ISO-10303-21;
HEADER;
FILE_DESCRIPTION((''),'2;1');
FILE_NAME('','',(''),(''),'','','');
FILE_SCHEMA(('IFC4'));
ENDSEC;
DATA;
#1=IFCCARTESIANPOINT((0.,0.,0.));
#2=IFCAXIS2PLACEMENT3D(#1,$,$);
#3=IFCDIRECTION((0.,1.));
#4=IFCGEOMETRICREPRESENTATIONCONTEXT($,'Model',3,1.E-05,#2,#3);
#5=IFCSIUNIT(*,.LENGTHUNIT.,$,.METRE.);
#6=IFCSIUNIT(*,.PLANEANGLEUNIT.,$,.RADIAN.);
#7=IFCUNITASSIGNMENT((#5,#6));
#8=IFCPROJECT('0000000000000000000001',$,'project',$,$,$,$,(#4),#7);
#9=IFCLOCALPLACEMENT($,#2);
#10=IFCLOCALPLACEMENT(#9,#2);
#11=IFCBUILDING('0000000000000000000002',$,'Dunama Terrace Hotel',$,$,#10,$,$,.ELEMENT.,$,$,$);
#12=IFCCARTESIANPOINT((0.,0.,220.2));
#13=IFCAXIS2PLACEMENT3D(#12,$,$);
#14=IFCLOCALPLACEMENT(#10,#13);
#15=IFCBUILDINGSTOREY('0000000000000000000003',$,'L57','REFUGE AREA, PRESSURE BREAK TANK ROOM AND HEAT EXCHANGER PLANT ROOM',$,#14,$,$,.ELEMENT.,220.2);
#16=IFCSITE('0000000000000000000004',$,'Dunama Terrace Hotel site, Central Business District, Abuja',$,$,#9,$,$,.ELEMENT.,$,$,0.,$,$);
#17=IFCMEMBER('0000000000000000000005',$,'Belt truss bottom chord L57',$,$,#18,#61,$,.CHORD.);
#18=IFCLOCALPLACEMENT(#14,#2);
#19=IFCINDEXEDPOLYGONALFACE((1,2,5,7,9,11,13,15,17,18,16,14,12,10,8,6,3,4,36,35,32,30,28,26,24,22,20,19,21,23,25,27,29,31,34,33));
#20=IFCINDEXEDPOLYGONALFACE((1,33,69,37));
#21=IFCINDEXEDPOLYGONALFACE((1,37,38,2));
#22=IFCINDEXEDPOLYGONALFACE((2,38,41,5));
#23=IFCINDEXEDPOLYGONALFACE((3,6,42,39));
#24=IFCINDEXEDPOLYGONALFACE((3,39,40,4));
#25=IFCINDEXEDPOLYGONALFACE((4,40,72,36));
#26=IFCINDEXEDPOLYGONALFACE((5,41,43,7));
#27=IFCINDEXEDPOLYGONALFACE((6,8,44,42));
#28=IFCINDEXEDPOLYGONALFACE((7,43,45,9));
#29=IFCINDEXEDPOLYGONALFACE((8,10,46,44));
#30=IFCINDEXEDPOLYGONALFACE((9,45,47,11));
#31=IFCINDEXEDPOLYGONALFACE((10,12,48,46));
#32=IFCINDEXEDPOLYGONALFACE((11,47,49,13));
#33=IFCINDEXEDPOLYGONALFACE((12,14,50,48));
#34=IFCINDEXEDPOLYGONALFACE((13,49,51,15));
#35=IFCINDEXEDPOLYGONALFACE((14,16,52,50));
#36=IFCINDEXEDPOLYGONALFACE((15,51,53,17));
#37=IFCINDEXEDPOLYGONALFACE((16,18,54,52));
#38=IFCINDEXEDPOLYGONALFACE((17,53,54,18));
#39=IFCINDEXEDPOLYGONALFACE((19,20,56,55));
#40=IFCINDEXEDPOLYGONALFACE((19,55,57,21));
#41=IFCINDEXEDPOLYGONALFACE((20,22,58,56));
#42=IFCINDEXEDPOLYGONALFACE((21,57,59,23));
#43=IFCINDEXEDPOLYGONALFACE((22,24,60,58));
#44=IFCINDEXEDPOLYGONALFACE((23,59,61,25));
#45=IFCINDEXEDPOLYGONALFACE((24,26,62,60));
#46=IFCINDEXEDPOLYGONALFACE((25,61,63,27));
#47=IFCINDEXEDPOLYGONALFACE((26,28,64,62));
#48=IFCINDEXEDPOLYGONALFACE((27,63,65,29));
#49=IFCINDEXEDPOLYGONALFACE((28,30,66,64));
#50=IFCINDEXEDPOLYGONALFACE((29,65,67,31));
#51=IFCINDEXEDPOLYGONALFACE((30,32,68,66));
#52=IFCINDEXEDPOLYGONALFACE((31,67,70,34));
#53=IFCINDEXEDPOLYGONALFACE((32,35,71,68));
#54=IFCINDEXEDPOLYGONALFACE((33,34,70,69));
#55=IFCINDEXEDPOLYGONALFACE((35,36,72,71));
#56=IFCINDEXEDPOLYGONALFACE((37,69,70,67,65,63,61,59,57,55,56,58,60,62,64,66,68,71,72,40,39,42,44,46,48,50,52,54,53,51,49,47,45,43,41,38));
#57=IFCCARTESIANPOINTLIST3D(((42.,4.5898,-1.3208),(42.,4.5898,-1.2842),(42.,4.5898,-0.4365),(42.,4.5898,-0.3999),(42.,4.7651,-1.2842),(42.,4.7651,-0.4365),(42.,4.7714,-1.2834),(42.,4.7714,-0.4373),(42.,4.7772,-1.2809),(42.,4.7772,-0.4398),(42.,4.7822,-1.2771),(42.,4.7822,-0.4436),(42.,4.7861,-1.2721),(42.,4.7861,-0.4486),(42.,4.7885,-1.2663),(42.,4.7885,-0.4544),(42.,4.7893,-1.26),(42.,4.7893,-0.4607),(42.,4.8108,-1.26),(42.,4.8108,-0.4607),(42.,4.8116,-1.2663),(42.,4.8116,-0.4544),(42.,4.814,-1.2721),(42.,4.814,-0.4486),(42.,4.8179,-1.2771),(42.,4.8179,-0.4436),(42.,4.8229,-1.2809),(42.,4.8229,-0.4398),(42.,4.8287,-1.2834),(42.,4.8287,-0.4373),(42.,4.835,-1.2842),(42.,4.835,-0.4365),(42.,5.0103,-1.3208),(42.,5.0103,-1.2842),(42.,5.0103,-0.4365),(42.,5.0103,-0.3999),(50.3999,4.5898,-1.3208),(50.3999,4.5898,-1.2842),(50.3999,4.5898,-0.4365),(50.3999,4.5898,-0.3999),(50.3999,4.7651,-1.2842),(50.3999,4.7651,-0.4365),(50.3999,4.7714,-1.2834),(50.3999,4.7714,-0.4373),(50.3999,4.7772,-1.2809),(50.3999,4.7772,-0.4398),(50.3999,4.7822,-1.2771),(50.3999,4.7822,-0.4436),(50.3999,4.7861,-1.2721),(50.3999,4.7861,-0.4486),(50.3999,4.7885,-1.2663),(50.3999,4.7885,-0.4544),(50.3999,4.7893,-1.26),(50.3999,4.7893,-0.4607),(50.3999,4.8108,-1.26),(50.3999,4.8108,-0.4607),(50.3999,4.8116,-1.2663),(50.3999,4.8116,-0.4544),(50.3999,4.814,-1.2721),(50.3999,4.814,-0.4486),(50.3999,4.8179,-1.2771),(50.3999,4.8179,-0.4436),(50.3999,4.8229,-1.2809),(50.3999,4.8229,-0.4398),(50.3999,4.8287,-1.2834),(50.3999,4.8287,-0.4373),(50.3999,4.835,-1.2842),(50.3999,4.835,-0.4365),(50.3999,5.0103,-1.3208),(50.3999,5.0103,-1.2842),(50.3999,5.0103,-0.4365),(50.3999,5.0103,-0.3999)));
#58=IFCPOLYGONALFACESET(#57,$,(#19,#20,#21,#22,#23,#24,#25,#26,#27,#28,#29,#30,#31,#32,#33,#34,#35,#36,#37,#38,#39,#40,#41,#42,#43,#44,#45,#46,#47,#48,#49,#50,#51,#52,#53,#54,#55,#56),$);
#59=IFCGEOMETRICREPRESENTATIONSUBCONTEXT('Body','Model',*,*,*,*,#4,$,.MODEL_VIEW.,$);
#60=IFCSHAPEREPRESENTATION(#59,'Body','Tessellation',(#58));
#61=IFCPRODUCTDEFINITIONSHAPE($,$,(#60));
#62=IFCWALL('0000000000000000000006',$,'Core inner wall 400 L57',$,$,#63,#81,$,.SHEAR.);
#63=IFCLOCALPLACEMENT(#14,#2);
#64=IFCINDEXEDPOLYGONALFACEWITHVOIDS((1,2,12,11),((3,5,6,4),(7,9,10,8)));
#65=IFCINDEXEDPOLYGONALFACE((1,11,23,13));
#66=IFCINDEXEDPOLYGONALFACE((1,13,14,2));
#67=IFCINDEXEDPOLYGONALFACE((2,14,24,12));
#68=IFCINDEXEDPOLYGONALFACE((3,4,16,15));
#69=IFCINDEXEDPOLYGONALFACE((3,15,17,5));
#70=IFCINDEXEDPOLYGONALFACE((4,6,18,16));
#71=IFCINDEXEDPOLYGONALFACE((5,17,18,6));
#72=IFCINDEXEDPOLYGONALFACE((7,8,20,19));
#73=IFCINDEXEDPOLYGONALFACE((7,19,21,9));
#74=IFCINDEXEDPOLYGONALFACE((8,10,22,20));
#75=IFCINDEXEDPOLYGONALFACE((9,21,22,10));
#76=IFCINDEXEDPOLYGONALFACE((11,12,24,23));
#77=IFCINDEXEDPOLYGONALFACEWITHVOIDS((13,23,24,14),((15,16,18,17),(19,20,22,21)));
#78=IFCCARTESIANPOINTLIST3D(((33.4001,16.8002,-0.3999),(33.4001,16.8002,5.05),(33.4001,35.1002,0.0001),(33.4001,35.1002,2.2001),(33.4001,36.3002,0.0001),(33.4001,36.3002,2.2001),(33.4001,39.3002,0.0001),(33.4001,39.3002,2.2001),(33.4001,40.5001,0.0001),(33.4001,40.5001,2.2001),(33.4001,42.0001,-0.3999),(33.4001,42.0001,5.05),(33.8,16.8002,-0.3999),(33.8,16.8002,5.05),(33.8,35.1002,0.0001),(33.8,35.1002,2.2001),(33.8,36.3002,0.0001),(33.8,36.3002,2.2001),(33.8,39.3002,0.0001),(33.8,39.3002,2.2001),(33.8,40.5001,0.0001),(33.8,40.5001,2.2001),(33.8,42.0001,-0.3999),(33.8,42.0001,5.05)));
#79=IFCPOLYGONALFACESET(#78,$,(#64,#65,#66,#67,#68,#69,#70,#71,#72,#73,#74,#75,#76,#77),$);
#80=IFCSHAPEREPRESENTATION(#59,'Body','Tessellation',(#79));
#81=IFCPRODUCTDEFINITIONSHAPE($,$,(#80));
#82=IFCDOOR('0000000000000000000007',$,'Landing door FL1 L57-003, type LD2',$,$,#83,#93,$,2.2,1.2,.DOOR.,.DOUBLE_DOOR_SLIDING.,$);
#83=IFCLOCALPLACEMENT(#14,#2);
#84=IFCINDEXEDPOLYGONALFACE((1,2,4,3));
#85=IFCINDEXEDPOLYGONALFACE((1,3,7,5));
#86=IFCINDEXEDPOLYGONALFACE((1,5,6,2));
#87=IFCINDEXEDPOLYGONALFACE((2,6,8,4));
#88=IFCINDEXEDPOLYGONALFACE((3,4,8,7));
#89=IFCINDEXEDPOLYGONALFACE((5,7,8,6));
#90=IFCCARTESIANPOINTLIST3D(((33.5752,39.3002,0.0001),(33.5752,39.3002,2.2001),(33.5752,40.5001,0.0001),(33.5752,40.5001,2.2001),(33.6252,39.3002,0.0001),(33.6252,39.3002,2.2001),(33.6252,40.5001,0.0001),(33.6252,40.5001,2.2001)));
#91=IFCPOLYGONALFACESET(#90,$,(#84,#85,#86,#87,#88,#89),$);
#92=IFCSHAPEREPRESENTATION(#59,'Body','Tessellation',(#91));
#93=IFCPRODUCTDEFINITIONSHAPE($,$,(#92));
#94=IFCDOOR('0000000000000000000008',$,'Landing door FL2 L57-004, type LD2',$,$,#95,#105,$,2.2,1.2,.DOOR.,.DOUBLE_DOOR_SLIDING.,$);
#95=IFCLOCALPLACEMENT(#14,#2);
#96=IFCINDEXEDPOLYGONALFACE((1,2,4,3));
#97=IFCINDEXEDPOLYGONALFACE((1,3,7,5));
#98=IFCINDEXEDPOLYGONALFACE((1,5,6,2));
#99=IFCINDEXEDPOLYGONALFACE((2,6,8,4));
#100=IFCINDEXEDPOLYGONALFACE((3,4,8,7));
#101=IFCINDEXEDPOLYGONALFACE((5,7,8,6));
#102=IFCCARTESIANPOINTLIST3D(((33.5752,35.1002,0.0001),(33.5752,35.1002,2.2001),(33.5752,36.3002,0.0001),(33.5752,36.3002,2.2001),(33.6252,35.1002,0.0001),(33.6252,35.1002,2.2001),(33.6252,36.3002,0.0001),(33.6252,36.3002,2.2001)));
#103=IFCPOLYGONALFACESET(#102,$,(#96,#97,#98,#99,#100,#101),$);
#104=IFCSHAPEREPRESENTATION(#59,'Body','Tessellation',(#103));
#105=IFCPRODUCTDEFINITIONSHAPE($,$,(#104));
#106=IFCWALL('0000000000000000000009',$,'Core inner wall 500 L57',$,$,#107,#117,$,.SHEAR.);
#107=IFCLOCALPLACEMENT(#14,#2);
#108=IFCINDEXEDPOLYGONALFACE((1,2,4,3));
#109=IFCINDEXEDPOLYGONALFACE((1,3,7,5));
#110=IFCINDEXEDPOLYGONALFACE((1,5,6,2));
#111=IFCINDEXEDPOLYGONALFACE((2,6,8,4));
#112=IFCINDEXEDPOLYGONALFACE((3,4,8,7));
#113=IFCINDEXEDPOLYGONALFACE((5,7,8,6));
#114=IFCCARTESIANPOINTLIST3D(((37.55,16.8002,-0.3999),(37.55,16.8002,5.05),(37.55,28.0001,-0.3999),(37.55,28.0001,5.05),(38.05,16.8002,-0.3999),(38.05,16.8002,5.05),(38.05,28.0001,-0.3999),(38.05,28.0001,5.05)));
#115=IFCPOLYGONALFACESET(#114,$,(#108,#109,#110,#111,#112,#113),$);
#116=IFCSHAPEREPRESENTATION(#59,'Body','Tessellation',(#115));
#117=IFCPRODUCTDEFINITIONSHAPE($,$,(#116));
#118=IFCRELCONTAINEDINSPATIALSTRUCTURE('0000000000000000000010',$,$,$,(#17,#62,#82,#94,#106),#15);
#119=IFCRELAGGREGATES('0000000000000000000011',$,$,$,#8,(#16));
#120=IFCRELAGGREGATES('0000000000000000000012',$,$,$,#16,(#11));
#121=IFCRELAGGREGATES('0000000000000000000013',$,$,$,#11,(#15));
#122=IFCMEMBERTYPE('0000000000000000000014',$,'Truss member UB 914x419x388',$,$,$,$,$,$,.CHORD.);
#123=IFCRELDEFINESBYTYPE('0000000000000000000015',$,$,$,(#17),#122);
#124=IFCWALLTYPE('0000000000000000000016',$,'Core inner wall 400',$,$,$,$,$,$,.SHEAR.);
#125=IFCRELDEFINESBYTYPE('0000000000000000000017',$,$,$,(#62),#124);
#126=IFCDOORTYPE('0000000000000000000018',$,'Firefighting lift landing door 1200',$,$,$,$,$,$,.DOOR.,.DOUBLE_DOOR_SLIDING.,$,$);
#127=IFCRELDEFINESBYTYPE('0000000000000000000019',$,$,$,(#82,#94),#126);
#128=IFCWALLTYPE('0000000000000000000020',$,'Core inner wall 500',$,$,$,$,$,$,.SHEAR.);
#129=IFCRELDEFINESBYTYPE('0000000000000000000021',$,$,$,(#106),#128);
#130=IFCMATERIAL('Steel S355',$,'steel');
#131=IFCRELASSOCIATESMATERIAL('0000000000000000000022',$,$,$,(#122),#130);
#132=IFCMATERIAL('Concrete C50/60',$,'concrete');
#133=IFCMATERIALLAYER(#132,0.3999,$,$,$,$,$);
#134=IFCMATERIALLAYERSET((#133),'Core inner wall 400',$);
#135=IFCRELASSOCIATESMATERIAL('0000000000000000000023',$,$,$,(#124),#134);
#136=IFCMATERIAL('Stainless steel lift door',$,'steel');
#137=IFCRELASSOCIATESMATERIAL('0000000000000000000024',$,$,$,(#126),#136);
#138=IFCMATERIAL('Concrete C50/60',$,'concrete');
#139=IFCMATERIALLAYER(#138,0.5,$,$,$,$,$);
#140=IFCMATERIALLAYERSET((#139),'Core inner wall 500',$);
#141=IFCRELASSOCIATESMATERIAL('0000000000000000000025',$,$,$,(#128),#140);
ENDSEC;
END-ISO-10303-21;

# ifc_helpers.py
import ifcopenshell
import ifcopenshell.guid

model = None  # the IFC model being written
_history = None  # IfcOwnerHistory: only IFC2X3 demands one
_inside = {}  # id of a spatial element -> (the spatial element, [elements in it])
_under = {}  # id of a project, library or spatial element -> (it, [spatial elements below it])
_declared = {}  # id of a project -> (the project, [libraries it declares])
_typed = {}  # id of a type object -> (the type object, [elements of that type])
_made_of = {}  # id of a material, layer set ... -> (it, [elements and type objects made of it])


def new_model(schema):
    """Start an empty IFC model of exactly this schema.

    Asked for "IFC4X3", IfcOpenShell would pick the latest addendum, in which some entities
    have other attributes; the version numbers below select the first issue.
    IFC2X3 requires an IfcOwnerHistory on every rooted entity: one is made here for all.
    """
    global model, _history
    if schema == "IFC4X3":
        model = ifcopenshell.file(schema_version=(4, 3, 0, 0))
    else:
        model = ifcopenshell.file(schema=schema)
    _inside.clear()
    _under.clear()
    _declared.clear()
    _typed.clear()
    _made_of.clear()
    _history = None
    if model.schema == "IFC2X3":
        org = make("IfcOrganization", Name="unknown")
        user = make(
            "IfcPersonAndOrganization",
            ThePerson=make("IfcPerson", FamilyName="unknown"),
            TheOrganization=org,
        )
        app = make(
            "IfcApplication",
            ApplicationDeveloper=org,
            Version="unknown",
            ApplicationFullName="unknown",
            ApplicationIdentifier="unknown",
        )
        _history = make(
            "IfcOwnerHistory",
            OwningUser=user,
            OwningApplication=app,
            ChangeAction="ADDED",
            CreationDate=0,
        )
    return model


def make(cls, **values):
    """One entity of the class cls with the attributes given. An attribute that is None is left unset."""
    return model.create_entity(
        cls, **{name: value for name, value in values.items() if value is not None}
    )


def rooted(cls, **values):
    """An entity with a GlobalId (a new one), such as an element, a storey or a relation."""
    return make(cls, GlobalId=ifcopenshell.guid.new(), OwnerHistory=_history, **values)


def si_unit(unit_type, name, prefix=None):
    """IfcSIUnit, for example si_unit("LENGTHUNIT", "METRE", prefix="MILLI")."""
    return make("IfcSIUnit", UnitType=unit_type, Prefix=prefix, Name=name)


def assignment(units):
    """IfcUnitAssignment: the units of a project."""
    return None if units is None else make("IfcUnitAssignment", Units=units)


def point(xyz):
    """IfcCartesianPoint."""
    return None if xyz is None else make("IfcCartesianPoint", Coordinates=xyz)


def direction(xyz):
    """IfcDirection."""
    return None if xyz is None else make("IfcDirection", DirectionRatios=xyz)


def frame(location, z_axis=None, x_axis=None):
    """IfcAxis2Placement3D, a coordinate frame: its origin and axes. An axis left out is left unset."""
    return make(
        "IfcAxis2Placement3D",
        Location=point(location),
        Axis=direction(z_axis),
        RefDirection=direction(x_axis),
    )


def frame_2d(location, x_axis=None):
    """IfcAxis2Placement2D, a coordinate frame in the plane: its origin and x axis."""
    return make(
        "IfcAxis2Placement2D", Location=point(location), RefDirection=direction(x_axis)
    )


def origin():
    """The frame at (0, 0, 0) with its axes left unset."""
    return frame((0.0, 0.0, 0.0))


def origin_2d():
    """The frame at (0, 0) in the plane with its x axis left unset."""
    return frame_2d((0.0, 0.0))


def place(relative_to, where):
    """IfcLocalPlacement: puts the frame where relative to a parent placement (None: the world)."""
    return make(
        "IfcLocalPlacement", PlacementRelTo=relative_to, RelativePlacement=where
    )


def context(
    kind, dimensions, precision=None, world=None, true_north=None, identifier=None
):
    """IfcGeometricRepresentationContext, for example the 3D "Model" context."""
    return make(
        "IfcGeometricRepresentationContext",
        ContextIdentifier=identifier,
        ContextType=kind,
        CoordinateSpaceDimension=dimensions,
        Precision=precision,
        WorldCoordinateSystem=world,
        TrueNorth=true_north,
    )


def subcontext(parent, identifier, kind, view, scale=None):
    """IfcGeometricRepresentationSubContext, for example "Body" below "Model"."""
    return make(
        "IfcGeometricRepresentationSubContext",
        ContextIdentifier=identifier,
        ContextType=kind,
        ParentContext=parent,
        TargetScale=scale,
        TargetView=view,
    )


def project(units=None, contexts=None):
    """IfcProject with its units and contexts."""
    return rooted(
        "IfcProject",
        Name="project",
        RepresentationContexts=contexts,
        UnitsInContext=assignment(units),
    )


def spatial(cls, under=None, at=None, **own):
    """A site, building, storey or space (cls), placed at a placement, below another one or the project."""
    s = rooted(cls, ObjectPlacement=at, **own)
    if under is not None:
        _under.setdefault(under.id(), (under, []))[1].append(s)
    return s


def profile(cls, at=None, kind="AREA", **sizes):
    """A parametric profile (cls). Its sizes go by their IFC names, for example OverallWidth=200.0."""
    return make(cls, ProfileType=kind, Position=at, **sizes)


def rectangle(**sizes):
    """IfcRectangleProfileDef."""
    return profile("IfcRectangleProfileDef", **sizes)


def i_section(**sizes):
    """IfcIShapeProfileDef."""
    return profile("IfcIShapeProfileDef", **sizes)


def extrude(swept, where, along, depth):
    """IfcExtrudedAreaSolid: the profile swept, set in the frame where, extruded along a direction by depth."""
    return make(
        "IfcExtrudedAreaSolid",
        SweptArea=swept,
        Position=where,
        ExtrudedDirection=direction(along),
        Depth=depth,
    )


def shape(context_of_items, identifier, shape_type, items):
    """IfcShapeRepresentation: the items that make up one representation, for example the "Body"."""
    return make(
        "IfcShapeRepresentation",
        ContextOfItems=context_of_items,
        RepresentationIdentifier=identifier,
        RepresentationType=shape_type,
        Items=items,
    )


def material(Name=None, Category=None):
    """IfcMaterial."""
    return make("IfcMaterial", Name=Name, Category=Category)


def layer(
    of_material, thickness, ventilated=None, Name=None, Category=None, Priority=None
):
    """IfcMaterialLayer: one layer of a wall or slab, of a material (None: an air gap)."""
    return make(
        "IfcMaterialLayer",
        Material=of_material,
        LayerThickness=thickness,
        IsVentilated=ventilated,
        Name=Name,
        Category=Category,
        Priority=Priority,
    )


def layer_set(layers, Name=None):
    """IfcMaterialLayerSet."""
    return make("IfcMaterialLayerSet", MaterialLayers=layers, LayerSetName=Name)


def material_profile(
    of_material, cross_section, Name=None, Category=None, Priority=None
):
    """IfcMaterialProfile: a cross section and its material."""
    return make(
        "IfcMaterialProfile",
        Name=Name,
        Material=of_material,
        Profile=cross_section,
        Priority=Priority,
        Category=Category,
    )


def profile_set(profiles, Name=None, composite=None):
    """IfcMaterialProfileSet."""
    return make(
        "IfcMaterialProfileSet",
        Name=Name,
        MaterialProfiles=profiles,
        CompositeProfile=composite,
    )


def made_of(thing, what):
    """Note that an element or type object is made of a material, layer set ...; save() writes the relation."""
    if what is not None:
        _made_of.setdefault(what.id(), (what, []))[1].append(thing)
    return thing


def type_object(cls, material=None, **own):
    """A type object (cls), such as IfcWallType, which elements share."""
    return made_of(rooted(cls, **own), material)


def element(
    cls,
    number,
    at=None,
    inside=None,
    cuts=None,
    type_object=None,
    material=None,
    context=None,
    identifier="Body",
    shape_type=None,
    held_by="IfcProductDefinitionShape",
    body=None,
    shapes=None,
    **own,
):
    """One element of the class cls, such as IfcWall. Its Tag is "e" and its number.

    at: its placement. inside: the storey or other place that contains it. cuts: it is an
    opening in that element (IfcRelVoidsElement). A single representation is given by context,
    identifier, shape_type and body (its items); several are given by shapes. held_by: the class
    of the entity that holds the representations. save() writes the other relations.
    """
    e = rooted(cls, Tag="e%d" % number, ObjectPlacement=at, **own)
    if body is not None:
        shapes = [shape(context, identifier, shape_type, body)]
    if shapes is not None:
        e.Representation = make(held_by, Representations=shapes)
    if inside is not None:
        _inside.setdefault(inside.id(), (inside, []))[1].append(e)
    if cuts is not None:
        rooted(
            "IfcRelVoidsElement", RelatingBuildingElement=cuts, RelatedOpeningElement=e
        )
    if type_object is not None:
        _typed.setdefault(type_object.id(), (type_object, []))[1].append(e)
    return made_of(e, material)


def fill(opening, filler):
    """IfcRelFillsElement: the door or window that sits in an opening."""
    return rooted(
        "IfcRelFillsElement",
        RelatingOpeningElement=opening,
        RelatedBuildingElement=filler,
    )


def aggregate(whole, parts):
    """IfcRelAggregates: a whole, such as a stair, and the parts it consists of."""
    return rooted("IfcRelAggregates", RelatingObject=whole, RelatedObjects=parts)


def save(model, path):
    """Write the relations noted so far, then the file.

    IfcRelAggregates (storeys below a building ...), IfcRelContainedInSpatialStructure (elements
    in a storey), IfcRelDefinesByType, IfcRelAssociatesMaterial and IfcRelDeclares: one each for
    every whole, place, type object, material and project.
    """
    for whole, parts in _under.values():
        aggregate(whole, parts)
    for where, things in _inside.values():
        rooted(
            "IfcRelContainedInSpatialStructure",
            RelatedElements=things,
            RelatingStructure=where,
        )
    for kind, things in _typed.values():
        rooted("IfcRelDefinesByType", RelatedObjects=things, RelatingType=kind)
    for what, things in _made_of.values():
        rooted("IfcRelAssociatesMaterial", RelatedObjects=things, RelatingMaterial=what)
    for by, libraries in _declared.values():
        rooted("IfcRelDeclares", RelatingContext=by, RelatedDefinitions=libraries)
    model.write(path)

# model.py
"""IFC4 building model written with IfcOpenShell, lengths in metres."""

from ifc_helpers import new_model, si_unit, direction, frame, frame_2d, origin, origin_2d, place, context, subcontext, project, spatial, rectangle, i_section, extrude, material, layer, layer_set, material_profile, profile_set, type_object, element, fill, save


model = new_model("IFC4")

# Units and contexts
model_context = context("Model", 3, precision=1e-05, world=origin(), true_north=direction((0.0, 1.0)))
body_context = subcontext(model_context, "Body", "Model", "MODEL_VIEW")
ifc_project = project(units=[si_unit("LENGTHUNIT", "METRE"), si_unit("PLANEANGLEUNIT", "RADIAN")], contexts=[model_context])

# Site, building, storey
site_placement = place(None, origin())
site = spatial("IfcSite", under=ifc_project, at=site_placement, Name="Dunama Terrace Hotel site, Central Business District, Abuja", CompositionType="ELEMENT", RefElevation=0.0)
building_placement = place(site_placement, origin())
building = spatial("IfcBuilding", under=site, at=building_placement, Name="Dunama Terrace Hotel", CompositionType="ELEMENT")
storey_placement = place(building_placement, frame((0.0, 0.0, 220.2)))
storey = spatial("IfcBuildingStorey", under=building, at=storey_placement, Name="L57", Description="REFUGE AREA, PRESSURE BREAK TANK ROOM AND HEAT EXCHANGER PLANT ROOM", CompositionType="ELEMENT", Elevation=220.2)

# Member
ifc_material_1 = material(Name="Steel S355", Category="steel")
ifc_material_profile_1 = material_profile(ifc_material_1, i_section(OverallWidth=0.4204, OverallDepth=0.9209, WebThickness=0.0215, FlangeThickness=0.0366, FilletRadius=0.0242, at=origin_2d()), Name="UB 914x419x388")
ifc_profile_set_1 = profile_set([ifc_material_profile_1], Name="Steel S355")
member_type_1 = type_object("IfcMemberType", Name="Truss member UB 914x419x388", PredefinedType="CHORD", material=ifc_profile_set_1)
for number, where, z_axis, x_axis, name in (
    (1, (42.0, 4.8, -0.8604), (1.0, 0.0, 0.0), (0.0, 1.0, 0.0), "Belt truss bottom chord L57"),
):
    element("IfcMember", number, at=place(storey_placement, frame(where, z_axis=z_axis, x_axis=x_axis)), inside=storey, type_object=member_type_1, Name=name, PredefinedType="CHORD", context=body_context, shape_type="SweptSolid", body=[
        extrude(i_section(OverallWidth=0.4204, OverallDepth=0.9209, WebThickness=0.0215, FlangeThickness=0.0366, FilletRadius=0.0242, at=origin_2d()), origin(), (0.0, 0.0, 1.0), 8.3999),
    ])

# Wall, openings, doors
ifc_material_2 = material(Name="Concrete C50/60", Category="concrete")
ifc_layer_1 = layer(ifc_material_2, 0.3999)
ifc_layer_set_1 = layer_set([ifc_layer_1], Name="Core inner wall 400")
wall_type_1 = type_object("IfcWallType", Name="Core inner wall 400", PredefinedType="SHEAR", material=ifc_layer_set_1)
wall_1_placement = place(storey_placement, frame((33.6001, 16.8, -0.3999), z_axis=(0.0, 0.0, 1.0), x_axis=(0.0, 1.0, 0.0)))
wall_1 = element("IfcWall", 2, at=wall_1_placement, inside=storey, type_object=wall_type_1, Name="Core inner wall 400 L57", PredefinedType="SHEAR", context=body_context, shape_type="SweptSolid", body=[
    extrude(rectangle(XDim=25.2, YDim=0.3999, at=frame_2d((12.6001, 0.0))), origin(), (0.0, 0.0, 1.0), 5.45),
])
opening_1_placement = place(wall_1_placement, frame((22.5, 0.0, 0.3999)))
opening_1 = element("IfcOpeningElement", 3, at=opening_1_placement, cuts=wall_1, PredefinedType="OPENING", context=body_context, shape_type="SweptSolid", body=[
    extrude(rectangle(XDim=1.2, YDim=2.2, at=frame_2d((0.6001, 1.1001))), frame((0.0, 0.21, 0.0), z_axis=(0.0, -1.0, 0.0), x_axis=(1.0, 0.0, 0.0)), (0.0, 0.0, 1.0), 0.4199),
])
opening_2_placement = place(wall_1_placement, frame((18.3, 0.0, 0.3999)))
opening_2 = element("IfcOpeningElement", 4, at=opening_2_placement, cuts=wall_1, PredefinedType="OPENING", context=body_context, shape_type="SweptSolid", body=[
    extrude(rectangle(XDim=1.2, YDim=2.2, at=frame_2d((0.6001, 1.1001))), frame((0.0, 0.21, 0.0), z_axis=(0.0, -1.0, 0.0), x_axis=(1.0, 0.0, 0.0)), (0.0, 0.0, 1.0), 0.4199),
])
ifc_material_3 = material(Name="Stainless steel lift door", Category="steel")
door_type_1 = type_object("IfcDoorType", Name="Firefighting lift landing door 1200", OperationType="DOUBLE_DOOR_SLIDING", PredefinedType="DOOR", material=ifc_material_3)
door_1_placement = place(opening_1_placement, origin())
door_1 = element("IfcDoor", 5, at=door_1_placement, inside=storey, type_object=door_type_1, Name="Landing door FL1 L57-003, type LD2", OperationType="DOUBLE_DOOR_SLIDING", OverallHeight=2.2, OverallWidth=1.2, PredefinedType="DOOR", context=body_context, shape_type="SweptSolid", body=[
    extrude(rectangle(XDim=1.2, YDim=2.2, at=frame_2d((0.6001, 1.1001))), frame((0.0, 0.0249, 0.0), z_axis=(0.0, -1.0, 0.0), x_axis=(1.0, 0.0, 0.0)), (0.0, 0.0, 1.0), 0.05),
])
fill(opening_1, door_1)
door_2_placement = place(opening_2_placement, origin())
door_2 = element("IfcDoor", 6, at=door_2_placement, inside=storey, type_object=door_type_1, Name="Landing door FL2 L57-004, type LD2", OperationType="DOUBLE_DOOR_SLIDING", OverallHeight=2.2, OverallWidth=1.2, PredefinedType="DOOR", context=body_context, shape_type="SweptSolid", body=[
    extrude(rectangle(XDim=1.2, YDim=2.2, at=frame_2d((0.6001, 1.1001))), frame((0.0, 0.0249, 0.0), z_axis=(0.0, -1.0, 0.0), x_axis=(1.0, 0.0, 0.0)), (0.0, 0.0, 1.0), 0.05),
])
fill(opening_2, door_2)

# Wall
ifc_material_4 = material(Name="Concrete C50/60", Category="concrete")
ifc_layer_2 = layer(ifc_material_4, 0.5)
ifc_layer_set_2 = layer_set([ifc_layer_2], Name="Core inner wall 500")
wall_type_2 = type_object("IfcWallType", Name="Core inner wall 500", PredefinedType="SHEAR", material=ifc_layer_set_2)
wall_2_placement = place(storey_placement, frame((37.8, 16.8, -0.3999), z_axis=(0.0, 0.0, 1.0), x_axis=(0.0, 1.0, 0.0)))
element("IfcWall", 7, at=wall_2_placement, inside=storey, type_object=wall_type_2, Name="Core inner wall 500 L57", PredefinedType="SHEAR", context=body_context, shape_type="SweptSolid", body=[
    extrude(rectangle(XDim=11.2, YDim=0.5, at=frame_2d((5.6001, 0.0))), origin(), (0.0, 0.0, 1.0), 5.45),
])

save(model, "model.ifc")
